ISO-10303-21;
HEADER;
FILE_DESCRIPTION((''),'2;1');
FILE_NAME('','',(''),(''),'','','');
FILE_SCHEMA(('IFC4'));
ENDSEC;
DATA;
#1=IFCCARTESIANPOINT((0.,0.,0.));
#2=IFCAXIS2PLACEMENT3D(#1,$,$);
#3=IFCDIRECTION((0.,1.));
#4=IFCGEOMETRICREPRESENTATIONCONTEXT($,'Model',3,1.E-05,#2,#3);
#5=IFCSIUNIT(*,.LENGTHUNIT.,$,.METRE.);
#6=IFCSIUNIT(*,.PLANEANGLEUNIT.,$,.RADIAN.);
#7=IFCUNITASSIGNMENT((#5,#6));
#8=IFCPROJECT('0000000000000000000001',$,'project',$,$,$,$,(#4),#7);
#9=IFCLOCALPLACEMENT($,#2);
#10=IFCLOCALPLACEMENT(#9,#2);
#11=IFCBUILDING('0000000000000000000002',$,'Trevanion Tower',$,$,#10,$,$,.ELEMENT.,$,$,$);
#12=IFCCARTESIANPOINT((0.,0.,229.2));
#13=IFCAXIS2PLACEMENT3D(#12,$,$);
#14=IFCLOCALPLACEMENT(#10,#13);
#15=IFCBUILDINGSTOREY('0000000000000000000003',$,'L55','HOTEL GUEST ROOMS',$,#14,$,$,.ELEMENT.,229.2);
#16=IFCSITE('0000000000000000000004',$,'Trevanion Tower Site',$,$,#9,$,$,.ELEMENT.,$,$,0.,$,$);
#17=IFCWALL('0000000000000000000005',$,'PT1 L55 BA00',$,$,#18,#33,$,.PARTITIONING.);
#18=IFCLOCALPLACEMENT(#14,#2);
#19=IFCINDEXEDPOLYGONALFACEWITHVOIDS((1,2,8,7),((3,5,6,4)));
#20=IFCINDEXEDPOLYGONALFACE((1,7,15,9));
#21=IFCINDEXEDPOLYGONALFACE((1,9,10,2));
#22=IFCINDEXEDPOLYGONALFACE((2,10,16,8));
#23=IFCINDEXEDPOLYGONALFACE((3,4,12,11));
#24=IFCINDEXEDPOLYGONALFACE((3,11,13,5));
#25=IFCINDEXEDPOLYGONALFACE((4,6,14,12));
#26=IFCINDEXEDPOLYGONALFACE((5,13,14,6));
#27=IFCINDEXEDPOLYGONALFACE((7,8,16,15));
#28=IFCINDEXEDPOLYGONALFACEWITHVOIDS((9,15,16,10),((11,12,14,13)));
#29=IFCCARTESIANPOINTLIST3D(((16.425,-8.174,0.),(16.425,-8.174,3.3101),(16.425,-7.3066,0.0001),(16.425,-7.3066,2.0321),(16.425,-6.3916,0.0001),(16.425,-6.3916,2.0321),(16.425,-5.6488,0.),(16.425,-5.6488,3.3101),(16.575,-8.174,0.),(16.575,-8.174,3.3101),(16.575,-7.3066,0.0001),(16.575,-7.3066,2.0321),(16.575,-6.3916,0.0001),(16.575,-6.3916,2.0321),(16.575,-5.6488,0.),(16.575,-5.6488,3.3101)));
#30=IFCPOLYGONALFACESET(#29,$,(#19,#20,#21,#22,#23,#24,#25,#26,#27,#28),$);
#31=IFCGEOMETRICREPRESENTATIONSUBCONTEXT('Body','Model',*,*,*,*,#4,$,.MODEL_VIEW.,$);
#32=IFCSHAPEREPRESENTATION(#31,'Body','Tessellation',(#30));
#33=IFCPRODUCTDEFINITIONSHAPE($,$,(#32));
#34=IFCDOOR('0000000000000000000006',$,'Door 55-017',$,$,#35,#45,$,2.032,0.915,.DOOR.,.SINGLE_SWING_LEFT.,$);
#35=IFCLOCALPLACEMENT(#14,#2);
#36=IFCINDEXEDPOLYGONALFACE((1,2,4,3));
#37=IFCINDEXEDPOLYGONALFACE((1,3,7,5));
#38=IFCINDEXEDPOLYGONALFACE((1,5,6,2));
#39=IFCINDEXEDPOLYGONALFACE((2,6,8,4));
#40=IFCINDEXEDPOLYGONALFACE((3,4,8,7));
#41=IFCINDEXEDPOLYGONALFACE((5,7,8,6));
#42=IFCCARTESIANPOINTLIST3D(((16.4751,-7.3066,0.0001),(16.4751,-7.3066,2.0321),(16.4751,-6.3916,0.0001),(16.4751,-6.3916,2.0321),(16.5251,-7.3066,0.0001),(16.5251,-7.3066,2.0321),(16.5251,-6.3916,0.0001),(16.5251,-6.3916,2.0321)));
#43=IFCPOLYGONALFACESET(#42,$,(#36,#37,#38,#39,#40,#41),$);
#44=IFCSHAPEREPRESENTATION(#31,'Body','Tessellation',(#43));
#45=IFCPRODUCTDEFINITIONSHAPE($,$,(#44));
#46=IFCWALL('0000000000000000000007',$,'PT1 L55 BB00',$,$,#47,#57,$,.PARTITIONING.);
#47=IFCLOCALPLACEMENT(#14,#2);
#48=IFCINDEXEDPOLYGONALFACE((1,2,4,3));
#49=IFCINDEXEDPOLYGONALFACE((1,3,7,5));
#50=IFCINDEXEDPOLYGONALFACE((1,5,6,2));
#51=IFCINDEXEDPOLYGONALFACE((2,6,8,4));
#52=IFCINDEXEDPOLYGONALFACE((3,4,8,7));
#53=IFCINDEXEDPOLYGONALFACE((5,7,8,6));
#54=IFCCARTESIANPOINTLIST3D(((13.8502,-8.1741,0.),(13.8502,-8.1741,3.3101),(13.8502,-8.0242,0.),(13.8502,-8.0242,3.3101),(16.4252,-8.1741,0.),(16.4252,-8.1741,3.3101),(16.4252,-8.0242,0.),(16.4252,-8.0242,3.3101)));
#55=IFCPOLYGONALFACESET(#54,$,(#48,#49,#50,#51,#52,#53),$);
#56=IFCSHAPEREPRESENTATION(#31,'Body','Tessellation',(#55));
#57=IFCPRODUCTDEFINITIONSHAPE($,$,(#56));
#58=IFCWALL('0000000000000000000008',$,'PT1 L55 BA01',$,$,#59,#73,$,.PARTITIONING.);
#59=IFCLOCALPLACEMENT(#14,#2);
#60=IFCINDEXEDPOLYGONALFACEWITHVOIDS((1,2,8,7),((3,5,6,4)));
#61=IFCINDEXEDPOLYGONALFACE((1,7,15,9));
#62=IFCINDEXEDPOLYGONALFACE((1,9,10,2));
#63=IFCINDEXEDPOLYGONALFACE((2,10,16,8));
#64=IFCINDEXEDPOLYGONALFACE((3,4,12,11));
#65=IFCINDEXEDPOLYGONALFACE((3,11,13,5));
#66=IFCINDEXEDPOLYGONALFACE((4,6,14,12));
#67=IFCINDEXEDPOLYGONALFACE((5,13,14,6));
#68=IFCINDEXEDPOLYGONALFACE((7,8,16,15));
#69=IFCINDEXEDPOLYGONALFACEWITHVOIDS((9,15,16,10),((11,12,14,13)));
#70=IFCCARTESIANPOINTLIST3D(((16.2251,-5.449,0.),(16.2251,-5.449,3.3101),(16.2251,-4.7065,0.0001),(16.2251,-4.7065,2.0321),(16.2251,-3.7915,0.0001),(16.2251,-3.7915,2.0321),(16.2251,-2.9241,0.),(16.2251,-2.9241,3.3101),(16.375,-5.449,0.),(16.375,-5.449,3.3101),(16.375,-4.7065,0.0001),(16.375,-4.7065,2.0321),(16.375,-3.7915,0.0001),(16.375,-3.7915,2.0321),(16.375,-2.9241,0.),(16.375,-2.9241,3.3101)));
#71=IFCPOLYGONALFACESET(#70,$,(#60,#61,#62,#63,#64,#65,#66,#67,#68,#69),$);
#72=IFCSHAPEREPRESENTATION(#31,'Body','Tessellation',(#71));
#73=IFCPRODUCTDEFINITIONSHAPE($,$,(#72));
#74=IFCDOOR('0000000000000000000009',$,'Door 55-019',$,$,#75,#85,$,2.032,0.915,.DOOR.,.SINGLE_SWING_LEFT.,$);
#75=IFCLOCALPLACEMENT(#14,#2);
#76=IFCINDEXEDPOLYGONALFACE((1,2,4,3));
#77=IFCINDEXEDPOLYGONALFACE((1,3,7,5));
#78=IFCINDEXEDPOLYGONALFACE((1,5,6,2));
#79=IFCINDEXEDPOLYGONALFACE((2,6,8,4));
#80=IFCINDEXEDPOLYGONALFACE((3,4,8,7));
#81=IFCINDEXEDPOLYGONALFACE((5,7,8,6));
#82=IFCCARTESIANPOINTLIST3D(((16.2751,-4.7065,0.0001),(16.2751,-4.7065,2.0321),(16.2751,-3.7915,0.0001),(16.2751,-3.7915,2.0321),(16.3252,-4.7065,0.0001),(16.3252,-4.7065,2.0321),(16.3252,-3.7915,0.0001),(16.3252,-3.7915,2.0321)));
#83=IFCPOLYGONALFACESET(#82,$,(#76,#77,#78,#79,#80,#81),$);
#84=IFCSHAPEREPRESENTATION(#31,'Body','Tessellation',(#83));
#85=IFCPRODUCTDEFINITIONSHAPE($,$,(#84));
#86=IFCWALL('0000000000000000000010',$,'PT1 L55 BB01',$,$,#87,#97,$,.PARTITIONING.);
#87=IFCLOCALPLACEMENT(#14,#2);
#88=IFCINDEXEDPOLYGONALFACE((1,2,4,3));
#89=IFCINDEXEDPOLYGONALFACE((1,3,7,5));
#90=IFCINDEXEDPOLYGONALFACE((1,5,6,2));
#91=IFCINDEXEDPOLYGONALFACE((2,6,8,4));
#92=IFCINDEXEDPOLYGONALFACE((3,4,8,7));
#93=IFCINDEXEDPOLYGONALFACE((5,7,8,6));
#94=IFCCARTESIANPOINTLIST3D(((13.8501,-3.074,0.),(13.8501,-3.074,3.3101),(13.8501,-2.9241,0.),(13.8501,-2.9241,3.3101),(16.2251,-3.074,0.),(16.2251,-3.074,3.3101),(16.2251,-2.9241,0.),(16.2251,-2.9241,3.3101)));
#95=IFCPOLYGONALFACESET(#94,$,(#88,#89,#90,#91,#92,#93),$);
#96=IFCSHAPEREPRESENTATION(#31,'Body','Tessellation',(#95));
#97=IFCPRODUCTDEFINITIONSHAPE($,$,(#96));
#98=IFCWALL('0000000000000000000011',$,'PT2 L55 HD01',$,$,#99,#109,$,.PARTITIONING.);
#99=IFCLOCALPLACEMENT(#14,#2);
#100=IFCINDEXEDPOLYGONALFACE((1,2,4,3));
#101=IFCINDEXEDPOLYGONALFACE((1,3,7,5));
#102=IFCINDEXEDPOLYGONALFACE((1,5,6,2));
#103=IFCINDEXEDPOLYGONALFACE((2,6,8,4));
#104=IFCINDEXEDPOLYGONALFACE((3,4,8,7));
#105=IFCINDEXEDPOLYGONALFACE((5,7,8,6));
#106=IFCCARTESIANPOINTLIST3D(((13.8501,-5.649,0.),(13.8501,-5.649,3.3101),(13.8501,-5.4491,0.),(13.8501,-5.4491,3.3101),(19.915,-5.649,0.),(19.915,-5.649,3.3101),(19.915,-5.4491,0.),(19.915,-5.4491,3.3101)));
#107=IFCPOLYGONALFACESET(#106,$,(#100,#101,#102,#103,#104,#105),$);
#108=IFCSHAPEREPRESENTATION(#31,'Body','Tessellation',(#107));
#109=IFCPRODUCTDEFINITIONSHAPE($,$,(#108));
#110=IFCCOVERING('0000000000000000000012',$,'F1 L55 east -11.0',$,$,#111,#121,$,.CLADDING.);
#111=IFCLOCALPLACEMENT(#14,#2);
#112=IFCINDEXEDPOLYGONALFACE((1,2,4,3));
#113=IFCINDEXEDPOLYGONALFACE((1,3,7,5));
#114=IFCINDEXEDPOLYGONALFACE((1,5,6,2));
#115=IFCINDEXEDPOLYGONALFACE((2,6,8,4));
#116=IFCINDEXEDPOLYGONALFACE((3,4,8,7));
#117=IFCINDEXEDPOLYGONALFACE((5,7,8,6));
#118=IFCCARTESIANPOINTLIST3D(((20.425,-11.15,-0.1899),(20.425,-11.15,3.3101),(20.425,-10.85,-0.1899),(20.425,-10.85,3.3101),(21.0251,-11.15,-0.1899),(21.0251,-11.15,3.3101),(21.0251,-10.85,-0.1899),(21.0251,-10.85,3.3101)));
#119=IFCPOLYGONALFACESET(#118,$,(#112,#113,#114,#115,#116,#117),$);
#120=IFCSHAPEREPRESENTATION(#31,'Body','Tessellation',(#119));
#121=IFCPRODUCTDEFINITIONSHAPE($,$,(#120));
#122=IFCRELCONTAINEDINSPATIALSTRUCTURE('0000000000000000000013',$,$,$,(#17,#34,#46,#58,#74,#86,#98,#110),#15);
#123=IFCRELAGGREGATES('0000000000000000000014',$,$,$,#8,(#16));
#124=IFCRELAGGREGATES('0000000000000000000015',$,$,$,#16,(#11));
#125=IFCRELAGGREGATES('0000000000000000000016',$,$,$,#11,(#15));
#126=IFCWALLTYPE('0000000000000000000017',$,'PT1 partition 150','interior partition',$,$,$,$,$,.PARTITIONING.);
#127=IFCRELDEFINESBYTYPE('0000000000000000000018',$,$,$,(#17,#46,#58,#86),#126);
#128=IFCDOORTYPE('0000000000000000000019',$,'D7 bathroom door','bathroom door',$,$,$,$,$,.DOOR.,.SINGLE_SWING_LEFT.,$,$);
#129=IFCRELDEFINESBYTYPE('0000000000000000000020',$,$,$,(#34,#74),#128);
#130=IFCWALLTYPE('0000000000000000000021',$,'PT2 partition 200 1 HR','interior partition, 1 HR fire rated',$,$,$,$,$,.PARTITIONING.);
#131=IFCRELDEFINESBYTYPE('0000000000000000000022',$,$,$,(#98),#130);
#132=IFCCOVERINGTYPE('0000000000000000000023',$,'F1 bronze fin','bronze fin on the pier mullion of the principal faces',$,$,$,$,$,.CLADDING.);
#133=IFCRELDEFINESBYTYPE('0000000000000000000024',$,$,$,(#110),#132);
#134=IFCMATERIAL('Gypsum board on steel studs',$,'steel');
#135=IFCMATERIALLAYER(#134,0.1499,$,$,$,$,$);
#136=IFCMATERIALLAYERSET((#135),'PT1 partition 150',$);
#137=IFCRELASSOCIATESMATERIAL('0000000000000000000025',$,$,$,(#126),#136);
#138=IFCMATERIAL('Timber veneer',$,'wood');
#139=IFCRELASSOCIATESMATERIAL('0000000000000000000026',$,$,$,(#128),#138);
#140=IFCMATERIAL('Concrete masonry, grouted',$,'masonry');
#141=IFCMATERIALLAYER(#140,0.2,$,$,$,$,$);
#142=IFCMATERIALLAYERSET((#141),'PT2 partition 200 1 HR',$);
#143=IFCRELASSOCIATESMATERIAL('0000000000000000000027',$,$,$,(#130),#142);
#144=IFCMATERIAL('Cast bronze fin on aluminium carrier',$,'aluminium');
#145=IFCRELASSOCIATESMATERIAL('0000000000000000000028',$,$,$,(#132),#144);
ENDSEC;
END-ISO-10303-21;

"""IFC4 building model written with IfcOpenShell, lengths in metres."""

from ifc_helpers import new_model, si_unit, direction, frame, frame_2d, origin, origin_2d, place, context, subcontext, project, spatial, rectangle, extrude, material, layer, layer_set, type_object, element, fill, save


model = new_model("IFC4")

# Units and contexts
model_context = context("Model", 3, precision=1e-05, world=origin(), true_north=direction((0.0, 1.0)))
body_context = subcontext(model_context, "Body", "Model", "MODEL_VIEW")
ifc_project = project(units=[si_unit("LENGTHUNIT", "METRE"), si_unit("PLANEANGLEUNIT", "RADIAN")], contexts=[model_context])

# Site, building, storey
site_placement = place(None, origin())
site = spatial("IfcSite", under=ifc_project, at=site_placement, Name="Trevanion Tower Site", CompositionType="ELEMENT", RefElevation=0.0)
building_placement = place(site_placement, origin())
building = spatial("IfcBuilding", under=site, at=building_placement, Name="Trevanion Tower", CompositionType="ELEMENT")
storey_placement = place(building_placement, frame((0.0, 0.0, 229.2)))
storey = spatial("IfcBuildingStorey", under=building, at=storey_placement, Name="L55", Description="HOTEL GUEST ROOMS", CompositionType="ELEMENT", Elevation=229.2)

# Wall, opening, door
ifc_material_1 = material(Name="Gypsum board on steel studs", Category="steel")
ifc_layer_1 = layer(ifc_material_1, 0.1499)
ifc_layer_set_1 = layer_set([ifc_layer_1], Name="PT1 partition 150")
wall_type_1 = type_object("IfcWallType", Name="PT1 partition 150", Description="interior partition", PredefinedType="PARTITIONING", material=ifc_layer_set_1)
wall_1_placement = place(storey_placement, frame((16.5, -8.1741, 0.0), z_axis=(0.0, 0.0, 1.0), x_axis=(0.0, 1.0, 0.0)))
wall_1 = element("IfcWall", 1, at=wall_1_placement, inside=storey, type_object=wall_type_1, Name="PT1 L55 BA00", PredefinedType="PARTITIONING", context=body_context, shape_type="SweptSolid", body=[
    extrude(rectangle(XDim=2.5251, YDim=0.1499, at=frame_2d((1.2627, 0.0))), origin(), (0.0, 0.0, 1.0), 3.3101),
])
opening_1_placement = place(wall_1_placement, frame((0.8674, 0.0, 0.0)))
opening_1 = element("IfcOpeningElement", 2, at=opening_1_placement, cuts=wall_1, PredefinedType="OPENING", context=body_context, shape_type="SweptSolid", body=[
    extrude(rectangle(XDim=0.915, YDim=2.032, at=frame_2d((0.4575, 1.0161))), frame((0.0, 0.085, 0.0), z_axis=(0.0, -1.0, 0.0), x_axis=(1.0, 0.0, 0.0)), (0.0, 0.0, 1.0), 0.1699),
])
ifc_material_2 = material(Name="Timber veneer", Category="wood")
door_type = type_object("IfcDoorType", Name="D7 bathroom door", Description="bathroom door", OperationType="SINGLE_SWING_LEFT", PredefinedType="DOOR", material=ifc_material_2)
door_1_placement = place(opening_1_placement, origin())
door_1 = element("IfcDoor", 3, at=door_1_placement, inside=storey, type_object=door_type, Name="Door 55-017", OperationType="SINGLE_SWING_LEFT", OverallHeight=2.032, OverallWidth=0.915, PredefinedType="DOOR", context=body_context, shape_type="SweptSolid", body=[
    extrude(rectangle(XDim=0.915, YDim=2.032, at=frame_2d((0.4575, 1.0161))), frame((0.0, 0.0249, 0.0), z_axis=(0.0, -1.0, 0.0), x_axis=(1.0, 0.0, 0.0)), (0.0, 0.0, 1.0), 0.05),
])
fill(opening_1, door_1)

# Wall
wall_2_placement = place(storey_placement, frame((13.8501, -8.0991, 0.0), z_axis=(0.0, 0.0, 1.0), x_axis=(1.0, 0.0, 0.0)))
element("IfcWall", 4, at=wall_2_placement, inside=storey, type_object=wall_type_1, Name="PT1 L55 BB00", PredefinedType="PARTITIONING", context=body_context, shape_type="SweptSolid", body=[
    extrude(rectangle(XDim=2.575, YDim=0.1499, at=frame_2d((1.2876, 0.0))), origin(), (0.0, 0.0, 1.0), 3.3101),
])

# Wall, opening, door
wall_3_placement = place(storey_placement, frame((16.3, -5.449, 0.0), z_axis=(0.0, 0.0, 1.0), x_axis=(0.0, 1.0, 0.0)))
wall_3 = element("IfcWall", 5, at=wall_3_placement, inside=storey, type_object=wall_type_1, Name="PT1 L55 BA01", PredefinedType="PARTITIONING", context=body_context, shape_type="SweptSolid", body=[
    extrude(rectangle(XDim=2.5249, YDim=0.1499, at=frame_2d((1.2625, 0.0))), origin(), (0.0, 0.0, 1.0), 3.3101),
])
opening_2_placement = place(wall_3_placement, frame((0.7424, 0.0, 0.0)))
opening_2 = element("IfcOpeningElement", 6, at=opening_2_placement, cuts=wall_3, PredefinedType="OPENING", context=body_context, shape_type="SweptSolid", body=[
    extrude(rectangle(XDim=0.915, YDim=2.032, at=frame_2d((0.4575, 1.0161))), frame((0.0, 0.085, 0.0), z_axis=(0.0, -1.0, 0.0), x_axis=(1.0, 0.0, 0.0)), (0.0, 0.0, 1.0), 0.1699),
])
door_2_placement = place(opening_2_placement, origin())
door_2 = element("IfcDoor", 7, at=door_2_placement, inside=storey, type_object=door_type, Name="Door 55-019", OperationType="SINGLE_SWING_LEFT", OverallHeight=2.032, OverallWidth=0.915, PredefinedType="DOOR", context=body_context, shape_type="SweptSolid", body=[
    extrude(rectangle(XDim=0.915, YDim=2.032, at=frame_2d((0.4575, 1.0161))), frame((0.0, 0.0249, 0.0), z_axis=(0.0, -1.0, 0.0), x_axis=(1.0, 0.0, 0.0)), (0.0, 0.0, 1.0), 0.05),
])
fill(opening_2, door_2)

# Walls
wall_4_placement = place(storey_placement, frame((13.8501, -2.999, 0.0), z_axis=(0.0, 0.0, 1.0), x_axis=(1.0, 0.0, 0.0)))
element("IfcWall", 8, at=wall_4_placement, inside=storey, type_object=wall_type_1, Name="PT1 L55 BB01", PredefinedType="PARTITIONING", context=body_context, shape_type="SweptSolid", body=[
    extrude(rectangle(XDim=2.375, YDim=0.1499, at=frame_2d((1.1875, 0.0))), origin(), (0.0, 0.0, 1.0), 3.3101),
])
ifc_material_3 = material(Name="Concrete masonry, grouted", Category="masonry")
ifc_layer_2 = layer(ifc_material_3, 0.2)
ifc_layer_set_2 = layer_set([ifc_layer_2], Name="PT2 partition 200 1 HR")
wall_type_2 = type_object("IfcWallType", Name="PT2 partition 200 1 HR", Description="interior partition, 1 HR fire rated", PredefinedType="PARTITIONING", material=ifc_layer_set_2)
wall_5_placement = place(storey_placement, frame((13.8501, -5.5491, 0.0), z_axis=(0.0, 0.0, 1.0), x_axis=(1.0, 0.0, 0.0)))
element("IfcWall", 9, at=wall_5_placement, inside=storey, type_object=wall_type_2, Name="PT2 L55 HD01", PredefinedType="PARTITIONING", context=body_context, shape_type="SweptSolid", body=[
    extrude(rectangle(XDim=6.0649, YDim=0.2, at=frame_2d((3.0325, 0.0))), origin(), (0.0, 0.0, 1.0), 3.3101),
])

# Covering
ifc_material_4 = material(Name="Cast bronze fin on aluminium carrier", Category="aluminium")
covering_type = type_object("IfcCoveringType", Name="F1 bronze fin", Description="bronze fin on the pier mullion of the principal faces", PredefinedType="CLADDING", material=ifc_material_4)
covering_placement = place(storey_placement, frame((20.7251, -11.0, -0.1899), z_axis=(0.0, 0.0, 1.0), x_axis=(0.0, 1.0, 0.0)))
element("IfcCovering", 10, at=covering_placement, inside=storey, type_object=covering_type, Name="F1 L55 east -11.0", PredefinedType="CLADDING", context=body_context, shape_type="SweptSolid", body=[
    extrude(rectangle(XDim=0.3, YDim=0.6001, at=origin_2d()), origin(), (0.0, 0.0, 1.0), 3.5),
])

save(model, "model.ifc")
